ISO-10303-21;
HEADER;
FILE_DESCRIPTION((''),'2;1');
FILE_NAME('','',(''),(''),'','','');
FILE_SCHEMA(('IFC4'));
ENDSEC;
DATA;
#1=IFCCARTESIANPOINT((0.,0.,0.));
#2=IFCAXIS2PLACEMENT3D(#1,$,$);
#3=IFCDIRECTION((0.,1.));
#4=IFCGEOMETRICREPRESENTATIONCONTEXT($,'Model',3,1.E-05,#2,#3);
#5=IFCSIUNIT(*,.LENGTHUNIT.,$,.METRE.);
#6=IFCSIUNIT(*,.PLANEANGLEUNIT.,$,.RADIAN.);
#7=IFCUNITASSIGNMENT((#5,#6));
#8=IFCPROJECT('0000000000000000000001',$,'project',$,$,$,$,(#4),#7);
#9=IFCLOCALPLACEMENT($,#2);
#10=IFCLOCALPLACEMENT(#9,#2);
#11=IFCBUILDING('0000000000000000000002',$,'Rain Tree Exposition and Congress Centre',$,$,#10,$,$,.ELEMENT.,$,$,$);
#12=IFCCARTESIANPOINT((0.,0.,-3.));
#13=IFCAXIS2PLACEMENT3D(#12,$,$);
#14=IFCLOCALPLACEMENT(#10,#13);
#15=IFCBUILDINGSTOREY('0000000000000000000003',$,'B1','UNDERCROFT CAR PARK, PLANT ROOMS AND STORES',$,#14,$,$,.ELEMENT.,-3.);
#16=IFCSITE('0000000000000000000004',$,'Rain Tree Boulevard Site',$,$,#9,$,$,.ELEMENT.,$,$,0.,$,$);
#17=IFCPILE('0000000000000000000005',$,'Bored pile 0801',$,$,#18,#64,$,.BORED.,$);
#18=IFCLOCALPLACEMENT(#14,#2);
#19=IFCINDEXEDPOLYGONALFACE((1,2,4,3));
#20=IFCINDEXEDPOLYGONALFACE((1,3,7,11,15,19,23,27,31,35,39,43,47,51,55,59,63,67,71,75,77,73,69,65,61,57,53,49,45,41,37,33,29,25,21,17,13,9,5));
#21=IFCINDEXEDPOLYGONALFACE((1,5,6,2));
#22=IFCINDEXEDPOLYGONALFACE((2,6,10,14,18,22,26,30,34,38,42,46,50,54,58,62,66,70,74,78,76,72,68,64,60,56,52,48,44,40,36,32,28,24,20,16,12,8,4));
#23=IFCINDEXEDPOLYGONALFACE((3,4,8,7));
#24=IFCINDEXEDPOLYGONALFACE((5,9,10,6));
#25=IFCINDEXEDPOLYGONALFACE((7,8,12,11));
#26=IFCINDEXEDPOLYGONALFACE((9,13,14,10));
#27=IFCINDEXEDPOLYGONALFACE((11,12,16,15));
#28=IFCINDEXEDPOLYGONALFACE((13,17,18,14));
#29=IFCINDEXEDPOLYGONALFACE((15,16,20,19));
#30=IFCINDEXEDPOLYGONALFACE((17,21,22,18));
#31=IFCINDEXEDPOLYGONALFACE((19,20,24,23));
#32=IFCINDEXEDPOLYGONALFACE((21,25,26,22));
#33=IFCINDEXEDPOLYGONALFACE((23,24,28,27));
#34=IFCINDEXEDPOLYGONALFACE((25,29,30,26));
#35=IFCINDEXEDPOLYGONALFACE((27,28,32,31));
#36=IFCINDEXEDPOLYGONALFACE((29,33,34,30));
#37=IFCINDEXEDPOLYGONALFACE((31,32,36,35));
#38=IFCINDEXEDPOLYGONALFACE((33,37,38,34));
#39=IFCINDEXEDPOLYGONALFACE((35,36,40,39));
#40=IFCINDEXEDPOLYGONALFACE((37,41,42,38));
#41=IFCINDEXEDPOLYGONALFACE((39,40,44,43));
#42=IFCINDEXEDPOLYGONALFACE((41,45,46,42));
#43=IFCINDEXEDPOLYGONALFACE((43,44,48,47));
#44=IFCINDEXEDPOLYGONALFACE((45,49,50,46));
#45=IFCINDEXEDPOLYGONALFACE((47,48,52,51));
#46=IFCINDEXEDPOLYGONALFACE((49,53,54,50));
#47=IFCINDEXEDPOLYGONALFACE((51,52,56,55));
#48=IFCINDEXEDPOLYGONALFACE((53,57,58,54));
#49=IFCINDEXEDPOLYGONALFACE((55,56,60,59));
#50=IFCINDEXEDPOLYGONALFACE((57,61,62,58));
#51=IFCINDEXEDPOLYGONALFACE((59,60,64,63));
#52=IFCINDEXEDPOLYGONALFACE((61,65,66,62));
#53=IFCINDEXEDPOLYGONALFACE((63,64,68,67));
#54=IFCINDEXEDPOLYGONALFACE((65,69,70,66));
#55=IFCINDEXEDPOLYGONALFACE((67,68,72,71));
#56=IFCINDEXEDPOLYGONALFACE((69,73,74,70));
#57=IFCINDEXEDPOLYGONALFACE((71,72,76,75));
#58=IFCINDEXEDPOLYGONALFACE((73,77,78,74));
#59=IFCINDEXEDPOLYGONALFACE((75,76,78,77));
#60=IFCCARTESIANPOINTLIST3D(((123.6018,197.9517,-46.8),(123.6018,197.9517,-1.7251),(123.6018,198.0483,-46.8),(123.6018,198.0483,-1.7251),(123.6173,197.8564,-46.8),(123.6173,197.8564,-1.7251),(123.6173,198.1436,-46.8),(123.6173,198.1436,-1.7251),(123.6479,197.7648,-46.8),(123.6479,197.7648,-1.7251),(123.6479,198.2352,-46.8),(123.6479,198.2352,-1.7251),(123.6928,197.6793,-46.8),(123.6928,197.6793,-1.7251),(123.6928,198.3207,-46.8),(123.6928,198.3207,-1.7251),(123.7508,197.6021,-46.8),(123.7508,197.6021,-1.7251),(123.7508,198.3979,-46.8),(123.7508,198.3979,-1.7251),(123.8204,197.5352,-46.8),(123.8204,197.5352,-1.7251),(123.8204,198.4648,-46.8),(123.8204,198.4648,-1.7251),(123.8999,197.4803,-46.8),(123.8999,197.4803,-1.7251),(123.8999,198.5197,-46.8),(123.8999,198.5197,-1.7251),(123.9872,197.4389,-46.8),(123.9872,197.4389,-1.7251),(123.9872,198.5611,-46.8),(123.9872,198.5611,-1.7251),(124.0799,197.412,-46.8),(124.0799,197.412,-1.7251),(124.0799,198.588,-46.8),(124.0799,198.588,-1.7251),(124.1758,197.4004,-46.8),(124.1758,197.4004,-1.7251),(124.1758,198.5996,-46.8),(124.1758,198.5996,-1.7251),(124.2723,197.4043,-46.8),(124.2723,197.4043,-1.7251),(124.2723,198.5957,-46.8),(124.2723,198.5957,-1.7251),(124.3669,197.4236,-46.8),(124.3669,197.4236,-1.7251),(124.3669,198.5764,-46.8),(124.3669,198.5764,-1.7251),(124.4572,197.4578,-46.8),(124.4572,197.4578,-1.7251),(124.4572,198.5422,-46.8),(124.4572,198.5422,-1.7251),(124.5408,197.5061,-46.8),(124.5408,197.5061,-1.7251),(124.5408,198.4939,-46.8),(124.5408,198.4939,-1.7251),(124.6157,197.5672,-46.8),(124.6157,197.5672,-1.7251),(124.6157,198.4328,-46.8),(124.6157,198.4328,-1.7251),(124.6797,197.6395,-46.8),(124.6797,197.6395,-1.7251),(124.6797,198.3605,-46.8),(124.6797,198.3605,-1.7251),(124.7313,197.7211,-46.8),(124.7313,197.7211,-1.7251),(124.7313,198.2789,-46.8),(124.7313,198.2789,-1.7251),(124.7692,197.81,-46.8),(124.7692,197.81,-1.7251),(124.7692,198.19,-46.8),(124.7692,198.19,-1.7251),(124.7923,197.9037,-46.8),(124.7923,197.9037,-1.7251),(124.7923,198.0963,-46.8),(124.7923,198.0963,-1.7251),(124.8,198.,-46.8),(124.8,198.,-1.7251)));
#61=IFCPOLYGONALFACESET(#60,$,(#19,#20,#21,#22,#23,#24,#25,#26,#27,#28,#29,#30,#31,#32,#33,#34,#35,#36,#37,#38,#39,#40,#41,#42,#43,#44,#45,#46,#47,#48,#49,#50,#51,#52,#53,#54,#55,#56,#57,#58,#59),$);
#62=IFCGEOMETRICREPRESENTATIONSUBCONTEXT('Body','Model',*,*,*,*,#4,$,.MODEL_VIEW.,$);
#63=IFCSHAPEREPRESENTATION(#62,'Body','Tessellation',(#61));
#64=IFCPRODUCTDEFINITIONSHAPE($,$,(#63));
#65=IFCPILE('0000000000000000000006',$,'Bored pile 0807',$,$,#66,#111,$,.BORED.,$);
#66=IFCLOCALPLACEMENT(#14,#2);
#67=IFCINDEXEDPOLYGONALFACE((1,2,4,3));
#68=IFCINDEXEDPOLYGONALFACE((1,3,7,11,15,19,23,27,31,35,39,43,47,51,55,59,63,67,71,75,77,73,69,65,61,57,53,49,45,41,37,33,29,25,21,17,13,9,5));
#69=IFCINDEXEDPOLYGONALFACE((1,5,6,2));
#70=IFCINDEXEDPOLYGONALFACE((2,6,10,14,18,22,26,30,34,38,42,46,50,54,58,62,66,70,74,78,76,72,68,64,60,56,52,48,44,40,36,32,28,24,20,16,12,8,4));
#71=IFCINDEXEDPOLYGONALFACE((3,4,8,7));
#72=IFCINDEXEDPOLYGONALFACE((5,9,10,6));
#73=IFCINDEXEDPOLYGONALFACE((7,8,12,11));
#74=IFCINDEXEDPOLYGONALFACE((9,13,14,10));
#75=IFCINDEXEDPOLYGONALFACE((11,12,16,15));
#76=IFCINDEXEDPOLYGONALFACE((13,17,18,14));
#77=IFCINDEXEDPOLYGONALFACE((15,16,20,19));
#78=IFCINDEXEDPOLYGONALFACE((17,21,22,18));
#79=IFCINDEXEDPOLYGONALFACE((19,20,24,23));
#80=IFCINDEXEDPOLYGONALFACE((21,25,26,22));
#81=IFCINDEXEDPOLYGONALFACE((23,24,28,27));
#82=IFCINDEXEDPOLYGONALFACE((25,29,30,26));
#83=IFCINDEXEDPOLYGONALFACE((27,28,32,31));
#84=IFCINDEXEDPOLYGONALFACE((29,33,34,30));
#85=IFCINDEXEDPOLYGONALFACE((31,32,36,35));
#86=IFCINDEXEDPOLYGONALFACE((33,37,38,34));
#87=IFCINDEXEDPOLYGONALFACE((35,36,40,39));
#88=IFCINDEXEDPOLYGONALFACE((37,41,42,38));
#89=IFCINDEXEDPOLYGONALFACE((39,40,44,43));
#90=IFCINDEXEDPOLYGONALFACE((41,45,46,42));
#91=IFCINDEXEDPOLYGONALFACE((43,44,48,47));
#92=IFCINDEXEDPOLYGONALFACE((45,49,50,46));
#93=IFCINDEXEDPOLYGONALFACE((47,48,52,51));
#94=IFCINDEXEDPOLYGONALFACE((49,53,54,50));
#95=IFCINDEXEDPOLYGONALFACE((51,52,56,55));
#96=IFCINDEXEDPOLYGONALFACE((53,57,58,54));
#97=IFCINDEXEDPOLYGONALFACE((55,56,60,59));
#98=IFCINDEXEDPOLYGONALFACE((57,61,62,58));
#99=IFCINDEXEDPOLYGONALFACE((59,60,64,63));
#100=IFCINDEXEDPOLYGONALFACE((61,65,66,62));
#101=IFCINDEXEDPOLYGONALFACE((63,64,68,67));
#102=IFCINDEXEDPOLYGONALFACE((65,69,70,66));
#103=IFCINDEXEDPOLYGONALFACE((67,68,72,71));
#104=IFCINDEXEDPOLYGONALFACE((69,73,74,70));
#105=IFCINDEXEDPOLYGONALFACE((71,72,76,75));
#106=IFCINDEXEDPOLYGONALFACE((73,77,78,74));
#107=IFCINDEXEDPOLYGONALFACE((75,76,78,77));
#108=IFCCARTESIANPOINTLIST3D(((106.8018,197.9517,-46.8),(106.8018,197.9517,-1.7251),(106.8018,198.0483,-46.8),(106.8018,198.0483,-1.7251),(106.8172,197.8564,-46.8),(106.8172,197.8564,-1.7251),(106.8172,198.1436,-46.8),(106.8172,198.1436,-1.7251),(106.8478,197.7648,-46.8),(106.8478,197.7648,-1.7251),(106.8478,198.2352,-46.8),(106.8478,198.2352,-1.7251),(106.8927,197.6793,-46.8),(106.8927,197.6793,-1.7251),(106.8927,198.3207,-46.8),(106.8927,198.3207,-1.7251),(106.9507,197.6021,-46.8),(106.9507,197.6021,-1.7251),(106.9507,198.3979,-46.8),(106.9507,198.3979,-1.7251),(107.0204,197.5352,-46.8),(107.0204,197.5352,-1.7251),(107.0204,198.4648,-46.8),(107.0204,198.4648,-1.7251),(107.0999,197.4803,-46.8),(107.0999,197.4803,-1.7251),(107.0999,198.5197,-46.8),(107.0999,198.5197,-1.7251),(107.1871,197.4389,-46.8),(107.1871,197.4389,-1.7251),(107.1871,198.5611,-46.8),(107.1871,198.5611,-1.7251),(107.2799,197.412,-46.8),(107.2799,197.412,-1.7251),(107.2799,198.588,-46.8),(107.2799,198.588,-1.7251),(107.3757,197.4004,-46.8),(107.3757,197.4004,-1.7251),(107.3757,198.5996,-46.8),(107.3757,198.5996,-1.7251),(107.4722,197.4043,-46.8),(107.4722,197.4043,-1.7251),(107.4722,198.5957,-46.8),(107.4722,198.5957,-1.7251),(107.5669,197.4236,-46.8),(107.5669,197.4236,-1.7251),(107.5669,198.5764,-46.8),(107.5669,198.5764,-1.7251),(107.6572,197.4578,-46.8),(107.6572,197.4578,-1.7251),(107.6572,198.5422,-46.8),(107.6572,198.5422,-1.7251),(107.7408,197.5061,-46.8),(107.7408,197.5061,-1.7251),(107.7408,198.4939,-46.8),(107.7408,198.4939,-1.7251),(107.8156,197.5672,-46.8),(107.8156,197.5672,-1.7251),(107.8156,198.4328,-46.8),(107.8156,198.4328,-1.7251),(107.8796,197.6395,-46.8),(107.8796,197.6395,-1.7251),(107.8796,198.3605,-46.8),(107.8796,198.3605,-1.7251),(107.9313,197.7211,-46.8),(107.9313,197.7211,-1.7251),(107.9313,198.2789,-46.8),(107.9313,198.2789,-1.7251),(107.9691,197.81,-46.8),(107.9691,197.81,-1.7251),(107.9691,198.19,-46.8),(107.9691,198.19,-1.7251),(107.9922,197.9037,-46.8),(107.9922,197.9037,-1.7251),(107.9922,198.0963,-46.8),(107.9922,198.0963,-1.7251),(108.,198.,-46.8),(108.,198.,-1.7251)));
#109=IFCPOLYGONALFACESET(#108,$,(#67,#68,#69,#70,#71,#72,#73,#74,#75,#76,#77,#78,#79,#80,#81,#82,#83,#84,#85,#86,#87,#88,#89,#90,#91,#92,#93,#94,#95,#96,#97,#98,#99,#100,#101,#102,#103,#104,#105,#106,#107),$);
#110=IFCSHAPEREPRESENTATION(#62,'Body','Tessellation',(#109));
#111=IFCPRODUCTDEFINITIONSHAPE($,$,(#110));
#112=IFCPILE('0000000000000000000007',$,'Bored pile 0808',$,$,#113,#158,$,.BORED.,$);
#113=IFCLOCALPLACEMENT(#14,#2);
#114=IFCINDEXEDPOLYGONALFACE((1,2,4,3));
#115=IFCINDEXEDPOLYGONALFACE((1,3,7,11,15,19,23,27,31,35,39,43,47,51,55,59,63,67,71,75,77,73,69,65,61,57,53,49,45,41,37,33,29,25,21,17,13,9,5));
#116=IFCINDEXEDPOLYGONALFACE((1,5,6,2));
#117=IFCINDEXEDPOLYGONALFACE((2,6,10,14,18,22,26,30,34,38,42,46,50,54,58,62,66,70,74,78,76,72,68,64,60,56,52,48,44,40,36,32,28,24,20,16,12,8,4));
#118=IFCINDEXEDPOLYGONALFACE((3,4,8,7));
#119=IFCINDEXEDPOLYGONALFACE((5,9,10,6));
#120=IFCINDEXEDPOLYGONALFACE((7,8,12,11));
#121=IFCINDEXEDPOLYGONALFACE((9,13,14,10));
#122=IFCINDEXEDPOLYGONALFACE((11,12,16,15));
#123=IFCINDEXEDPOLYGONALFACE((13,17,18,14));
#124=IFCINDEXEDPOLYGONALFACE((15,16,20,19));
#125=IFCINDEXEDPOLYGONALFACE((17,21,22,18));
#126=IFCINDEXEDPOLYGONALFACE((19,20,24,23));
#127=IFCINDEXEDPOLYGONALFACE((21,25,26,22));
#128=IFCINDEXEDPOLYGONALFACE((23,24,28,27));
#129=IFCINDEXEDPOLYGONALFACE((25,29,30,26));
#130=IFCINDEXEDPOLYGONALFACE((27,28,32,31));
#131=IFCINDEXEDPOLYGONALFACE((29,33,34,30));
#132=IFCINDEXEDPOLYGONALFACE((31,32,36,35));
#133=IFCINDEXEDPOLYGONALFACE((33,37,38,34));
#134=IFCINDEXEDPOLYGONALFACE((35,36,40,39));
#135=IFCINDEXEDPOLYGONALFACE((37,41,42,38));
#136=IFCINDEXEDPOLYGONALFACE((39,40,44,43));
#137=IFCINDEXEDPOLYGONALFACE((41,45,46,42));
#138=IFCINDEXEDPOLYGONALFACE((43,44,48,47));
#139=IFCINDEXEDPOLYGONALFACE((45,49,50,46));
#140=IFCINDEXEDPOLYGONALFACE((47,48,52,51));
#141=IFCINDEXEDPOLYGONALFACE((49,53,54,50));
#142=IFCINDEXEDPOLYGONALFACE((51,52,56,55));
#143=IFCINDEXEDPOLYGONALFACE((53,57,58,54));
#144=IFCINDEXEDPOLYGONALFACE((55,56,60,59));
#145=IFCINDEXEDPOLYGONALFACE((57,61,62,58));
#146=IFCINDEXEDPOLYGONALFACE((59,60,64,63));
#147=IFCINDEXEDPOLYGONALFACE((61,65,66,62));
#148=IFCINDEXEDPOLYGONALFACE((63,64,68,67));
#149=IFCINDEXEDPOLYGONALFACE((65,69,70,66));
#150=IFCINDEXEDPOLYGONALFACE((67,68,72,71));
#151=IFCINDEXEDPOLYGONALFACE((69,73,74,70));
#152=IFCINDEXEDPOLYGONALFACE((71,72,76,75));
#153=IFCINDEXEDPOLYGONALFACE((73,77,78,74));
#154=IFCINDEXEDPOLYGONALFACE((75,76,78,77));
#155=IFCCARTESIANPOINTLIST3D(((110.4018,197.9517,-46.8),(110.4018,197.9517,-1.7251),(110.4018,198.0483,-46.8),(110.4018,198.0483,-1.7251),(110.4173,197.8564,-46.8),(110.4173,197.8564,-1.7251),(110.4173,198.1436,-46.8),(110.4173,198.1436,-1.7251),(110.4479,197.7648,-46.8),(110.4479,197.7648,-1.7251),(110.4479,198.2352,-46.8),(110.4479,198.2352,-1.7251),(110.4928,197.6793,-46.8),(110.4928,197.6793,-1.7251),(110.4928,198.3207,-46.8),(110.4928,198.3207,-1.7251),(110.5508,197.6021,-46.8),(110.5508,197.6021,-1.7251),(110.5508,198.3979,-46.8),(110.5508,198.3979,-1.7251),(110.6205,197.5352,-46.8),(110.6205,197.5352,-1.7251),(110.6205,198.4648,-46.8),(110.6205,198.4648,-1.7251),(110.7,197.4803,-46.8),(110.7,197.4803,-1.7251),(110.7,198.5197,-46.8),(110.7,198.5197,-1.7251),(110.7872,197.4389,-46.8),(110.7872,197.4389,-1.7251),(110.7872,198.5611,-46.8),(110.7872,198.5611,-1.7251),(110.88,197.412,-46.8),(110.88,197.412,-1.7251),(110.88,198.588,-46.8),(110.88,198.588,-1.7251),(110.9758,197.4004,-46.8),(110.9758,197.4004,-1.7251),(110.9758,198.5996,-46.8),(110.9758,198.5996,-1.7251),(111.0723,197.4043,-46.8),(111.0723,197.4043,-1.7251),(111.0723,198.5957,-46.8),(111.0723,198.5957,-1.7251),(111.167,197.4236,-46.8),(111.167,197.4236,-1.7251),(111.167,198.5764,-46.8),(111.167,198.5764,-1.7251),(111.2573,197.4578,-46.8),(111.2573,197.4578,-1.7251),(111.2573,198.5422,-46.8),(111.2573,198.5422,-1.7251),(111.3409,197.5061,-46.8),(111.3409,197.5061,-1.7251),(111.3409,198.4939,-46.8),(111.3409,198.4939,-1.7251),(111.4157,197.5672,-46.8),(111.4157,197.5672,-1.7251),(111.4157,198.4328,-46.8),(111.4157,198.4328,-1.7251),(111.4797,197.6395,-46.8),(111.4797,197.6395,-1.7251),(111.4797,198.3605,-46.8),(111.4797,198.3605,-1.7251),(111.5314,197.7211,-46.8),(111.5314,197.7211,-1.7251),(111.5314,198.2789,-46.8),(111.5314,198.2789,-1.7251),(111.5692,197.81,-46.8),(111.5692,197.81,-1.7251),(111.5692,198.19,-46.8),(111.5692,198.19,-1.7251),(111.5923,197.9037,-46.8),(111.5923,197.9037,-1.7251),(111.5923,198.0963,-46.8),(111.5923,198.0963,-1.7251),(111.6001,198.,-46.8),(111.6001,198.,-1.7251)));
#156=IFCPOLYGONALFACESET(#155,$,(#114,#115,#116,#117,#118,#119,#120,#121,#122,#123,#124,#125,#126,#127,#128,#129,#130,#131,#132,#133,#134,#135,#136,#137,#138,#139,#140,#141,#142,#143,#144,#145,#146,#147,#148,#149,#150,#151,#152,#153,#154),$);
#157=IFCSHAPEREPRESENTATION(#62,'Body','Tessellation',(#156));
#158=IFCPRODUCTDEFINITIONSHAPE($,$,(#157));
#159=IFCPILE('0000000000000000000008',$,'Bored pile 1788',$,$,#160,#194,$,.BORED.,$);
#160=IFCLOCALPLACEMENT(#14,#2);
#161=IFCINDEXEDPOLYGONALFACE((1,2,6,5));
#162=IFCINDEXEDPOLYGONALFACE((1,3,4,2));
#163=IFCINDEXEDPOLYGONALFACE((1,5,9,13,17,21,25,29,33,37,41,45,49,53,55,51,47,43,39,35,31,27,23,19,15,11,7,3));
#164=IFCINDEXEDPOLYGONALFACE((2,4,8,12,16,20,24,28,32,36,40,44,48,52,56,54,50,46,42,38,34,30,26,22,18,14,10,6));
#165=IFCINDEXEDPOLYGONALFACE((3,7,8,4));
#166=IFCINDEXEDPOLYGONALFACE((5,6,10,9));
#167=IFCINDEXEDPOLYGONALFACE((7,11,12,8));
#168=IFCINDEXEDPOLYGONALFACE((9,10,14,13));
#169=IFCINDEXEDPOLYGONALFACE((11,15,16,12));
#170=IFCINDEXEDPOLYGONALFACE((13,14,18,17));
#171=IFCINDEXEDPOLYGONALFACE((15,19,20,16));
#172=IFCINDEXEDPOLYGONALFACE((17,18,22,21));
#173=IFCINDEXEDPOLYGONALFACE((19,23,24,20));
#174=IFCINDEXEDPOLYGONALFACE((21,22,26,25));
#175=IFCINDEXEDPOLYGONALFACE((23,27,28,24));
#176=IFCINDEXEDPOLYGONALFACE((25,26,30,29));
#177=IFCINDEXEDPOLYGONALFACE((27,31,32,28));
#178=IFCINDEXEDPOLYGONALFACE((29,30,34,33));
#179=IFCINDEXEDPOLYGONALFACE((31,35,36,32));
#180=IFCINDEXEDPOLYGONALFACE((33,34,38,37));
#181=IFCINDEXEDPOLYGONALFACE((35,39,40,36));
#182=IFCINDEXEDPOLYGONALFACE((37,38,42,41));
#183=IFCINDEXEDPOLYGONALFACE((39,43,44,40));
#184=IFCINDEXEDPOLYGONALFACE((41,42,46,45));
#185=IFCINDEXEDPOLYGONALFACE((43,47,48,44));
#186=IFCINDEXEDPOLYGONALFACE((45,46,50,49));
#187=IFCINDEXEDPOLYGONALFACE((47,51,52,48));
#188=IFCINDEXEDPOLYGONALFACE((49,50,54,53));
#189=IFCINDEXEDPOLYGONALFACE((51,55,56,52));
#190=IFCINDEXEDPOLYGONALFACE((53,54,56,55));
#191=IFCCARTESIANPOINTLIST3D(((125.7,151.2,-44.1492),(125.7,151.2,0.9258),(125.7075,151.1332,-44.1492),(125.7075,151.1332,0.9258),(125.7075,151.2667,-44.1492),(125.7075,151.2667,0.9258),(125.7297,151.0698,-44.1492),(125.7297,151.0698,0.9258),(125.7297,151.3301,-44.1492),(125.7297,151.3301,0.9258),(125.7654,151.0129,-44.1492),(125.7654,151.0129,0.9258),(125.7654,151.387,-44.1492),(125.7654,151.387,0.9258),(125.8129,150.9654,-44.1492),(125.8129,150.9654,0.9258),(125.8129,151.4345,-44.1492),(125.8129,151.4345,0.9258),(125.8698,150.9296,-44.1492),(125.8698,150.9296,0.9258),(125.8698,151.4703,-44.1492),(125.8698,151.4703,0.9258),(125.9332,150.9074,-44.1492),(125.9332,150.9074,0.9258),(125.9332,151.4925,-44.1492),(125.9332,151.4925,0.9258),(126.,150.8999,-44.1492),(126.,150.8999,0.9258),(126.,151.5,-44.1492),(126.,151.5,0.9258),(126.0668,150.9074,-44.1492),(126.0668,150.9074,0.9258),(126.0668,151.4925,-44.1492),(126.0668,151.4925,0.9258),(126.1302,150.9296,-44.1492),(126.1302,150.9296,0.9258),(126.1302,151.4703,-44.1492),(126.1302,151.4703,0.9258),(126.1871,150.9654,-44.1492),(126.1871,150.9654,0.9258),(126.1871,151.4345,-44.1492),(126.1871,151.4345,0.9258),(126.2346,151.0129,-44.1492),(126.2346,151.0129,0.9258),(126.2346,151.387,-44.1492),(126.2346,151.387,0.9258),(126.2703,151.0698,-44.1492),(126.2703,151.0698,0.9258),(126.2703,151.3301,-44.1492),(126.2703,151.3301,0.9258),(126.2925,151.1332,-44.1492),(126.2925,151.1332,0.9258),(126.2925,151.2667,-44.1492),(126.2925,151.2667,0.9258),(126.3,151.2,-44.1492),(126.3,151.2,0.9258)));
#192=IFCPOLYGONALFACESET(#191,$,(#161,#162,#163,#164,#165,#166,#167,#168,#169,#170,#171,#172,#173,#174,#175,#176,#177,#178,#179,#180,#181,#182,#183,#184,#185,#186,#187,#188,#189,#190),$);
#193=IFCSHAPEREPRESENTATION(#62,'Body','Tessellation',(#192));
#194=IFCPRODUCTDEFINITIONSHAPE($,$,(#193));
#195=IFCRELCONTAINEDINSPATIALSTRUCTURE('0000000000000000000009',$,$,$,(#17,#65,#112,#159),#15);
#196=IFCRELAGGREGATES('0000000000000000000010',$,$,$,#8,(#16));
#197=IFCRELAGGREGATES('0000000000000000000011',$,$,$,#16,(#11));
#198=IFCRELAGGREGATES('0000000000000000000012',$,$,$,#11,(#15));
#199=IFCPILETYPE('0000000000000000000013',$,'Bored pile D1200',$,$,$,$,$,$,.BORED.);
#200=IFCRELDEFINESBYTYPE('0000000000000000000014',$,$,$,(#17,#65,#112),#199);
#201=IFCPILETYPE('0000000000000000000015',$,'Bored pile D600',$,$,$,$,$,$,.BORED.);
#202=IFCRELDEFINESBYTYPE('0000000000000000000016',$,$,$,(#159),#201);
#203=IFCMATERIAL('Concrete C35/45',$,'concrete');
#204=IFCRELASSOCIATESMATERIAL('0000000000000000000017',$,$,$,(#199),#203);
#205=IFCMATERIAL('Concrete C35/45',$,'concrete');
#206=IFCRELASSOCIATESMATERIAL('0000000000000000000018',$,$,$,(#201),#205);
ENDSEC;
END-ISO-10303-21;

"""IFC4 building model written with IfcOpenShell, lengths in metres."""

from ifc_helpers import new_model, si_unit, direction, frame, origin, origin_2d, place, context, subcontext, project, spatial, circle, extrude, material, material_profile, profile_set, type_object, element, save


model = new_model("IFC4")

# Units and contexts
model_context = context("Model", 3, precision=1e-05, world=origin(), true_north=direction((0.0, 1.0)))
body_context = subcontext(model_context, "Body", "Model", "MODEL_VIEW")
ifc_project = project(units=[si_unit("LENGTHUNIT", "METRE"), si_unit("PLANEANGLEUNIT", "RADIAN")], contexts=[model_context])

# Site, building, storey
site_placement = place(None, origin())
site = spatial("IfcSite", under=ifc_project, at=site_placement, Name="Rain Tree Boulevard Site", CompositionType="ELEMENT", RefElevation=0.0)
building_placement = place(site_placement, origin())
building = spatial("IfcBuilding", under=site, at=building_placement, Name="Rain Tree Exposition and Congress Centre", CompositionType="ELEMENT")
storey_placement = place(building_placement, frame((0.0, 0.0, -3.0)))
storey = spatial("IfcBuildingStorey", under=building, at=storey_placement, Name="B1", Description="UNDERCROFT CAR PARK, PLANT ROOMS AND STORES", CompositionType="ELEMENT", Elevation=-3.0)

# Piles
ifc_material_1 = material(Name="Concrete C35/45", Category="concrete")
ifc_material_profile_1 = material_profile(ifc_material_1, circle(Radius=0.6001, at=origin_2d()), Name="D1200")
ifc_profile_set_1 = profile_set([ifc_material_profile_1], Name="Concrete C35/45")
pile_type_1 = type_object("IfcPileType", Name="Bored pile D1200", PredefinedType="BORED", material=ifc_profile_set_1)
for number, where, z_axis, x_axis, name in (
    (1, (124.2, 198.0, -1.7251), (0.0, 0.0, -1.0), (1.0, 0.0, 0.0), "Bored pile 0801"),
    (2, (107.3999, 198.0, -1.7251), (0.0, 0.0, -1.0), (1.0, 0.0, 0.0), "Bored pile 0807"),
    (3, (111.0, 198.0, -1.7251), (0.0, 0.0, -1.0), (1.0, 0.0, 0.0), "Bored pile 0808"),
):
    element("IfcPile", number, at=place(storey_placement, frame(where, z_axis=z_axis, x_axis=x_axis)), inside=storey, type_object=pile_type_1, Name=name, PredefinedType="BORED", context=body_context, shape_type="SweptSolid", body=[
        extrude(circle(Radius=0.6001, at=origin_2d()), origin(), (0.0, 0.0, 1.0), 45.075),
    ])
ifc_material_2 = material(Name="Concrete C35/45", Category="concrete")
ifc_material_profile_2 = material_profile(ifc_material_2, circle(Radius=0.3, at=origin_2d()), Name="D600")
ifc_profile_set_2 = profile_set([ifc_material_profile_2], Name="Concrete C35/45")
pile_type_2 = type_object("IfcPileType", Name="Bored pile D600", PredefinedType="BORED", material=ifc_profile_set_2)
for number, where, z_axis, x_axis, name in (
    (4, (126.0, 151.2, 0.9258), (0.0, 0.0, -1.0), (1.0, 0.0, 0.0), "Bored pile 1788"),
):
    element("IfcPile", number, at=place(storey_placement, frame(where, z_axis=z_axis, x_axis=x_axis)), inside=storey, type_object=pile_type_2, Name=name, PredefinedType="BORED", context=body_context, shape_type="SweptSolid", body=[
        extrude(circle(Radius=0.3, at=origin_2d()), origin(), (0.0, 0.0, 1.0), 45.075),
    ])

save(model, "model.ifc")
